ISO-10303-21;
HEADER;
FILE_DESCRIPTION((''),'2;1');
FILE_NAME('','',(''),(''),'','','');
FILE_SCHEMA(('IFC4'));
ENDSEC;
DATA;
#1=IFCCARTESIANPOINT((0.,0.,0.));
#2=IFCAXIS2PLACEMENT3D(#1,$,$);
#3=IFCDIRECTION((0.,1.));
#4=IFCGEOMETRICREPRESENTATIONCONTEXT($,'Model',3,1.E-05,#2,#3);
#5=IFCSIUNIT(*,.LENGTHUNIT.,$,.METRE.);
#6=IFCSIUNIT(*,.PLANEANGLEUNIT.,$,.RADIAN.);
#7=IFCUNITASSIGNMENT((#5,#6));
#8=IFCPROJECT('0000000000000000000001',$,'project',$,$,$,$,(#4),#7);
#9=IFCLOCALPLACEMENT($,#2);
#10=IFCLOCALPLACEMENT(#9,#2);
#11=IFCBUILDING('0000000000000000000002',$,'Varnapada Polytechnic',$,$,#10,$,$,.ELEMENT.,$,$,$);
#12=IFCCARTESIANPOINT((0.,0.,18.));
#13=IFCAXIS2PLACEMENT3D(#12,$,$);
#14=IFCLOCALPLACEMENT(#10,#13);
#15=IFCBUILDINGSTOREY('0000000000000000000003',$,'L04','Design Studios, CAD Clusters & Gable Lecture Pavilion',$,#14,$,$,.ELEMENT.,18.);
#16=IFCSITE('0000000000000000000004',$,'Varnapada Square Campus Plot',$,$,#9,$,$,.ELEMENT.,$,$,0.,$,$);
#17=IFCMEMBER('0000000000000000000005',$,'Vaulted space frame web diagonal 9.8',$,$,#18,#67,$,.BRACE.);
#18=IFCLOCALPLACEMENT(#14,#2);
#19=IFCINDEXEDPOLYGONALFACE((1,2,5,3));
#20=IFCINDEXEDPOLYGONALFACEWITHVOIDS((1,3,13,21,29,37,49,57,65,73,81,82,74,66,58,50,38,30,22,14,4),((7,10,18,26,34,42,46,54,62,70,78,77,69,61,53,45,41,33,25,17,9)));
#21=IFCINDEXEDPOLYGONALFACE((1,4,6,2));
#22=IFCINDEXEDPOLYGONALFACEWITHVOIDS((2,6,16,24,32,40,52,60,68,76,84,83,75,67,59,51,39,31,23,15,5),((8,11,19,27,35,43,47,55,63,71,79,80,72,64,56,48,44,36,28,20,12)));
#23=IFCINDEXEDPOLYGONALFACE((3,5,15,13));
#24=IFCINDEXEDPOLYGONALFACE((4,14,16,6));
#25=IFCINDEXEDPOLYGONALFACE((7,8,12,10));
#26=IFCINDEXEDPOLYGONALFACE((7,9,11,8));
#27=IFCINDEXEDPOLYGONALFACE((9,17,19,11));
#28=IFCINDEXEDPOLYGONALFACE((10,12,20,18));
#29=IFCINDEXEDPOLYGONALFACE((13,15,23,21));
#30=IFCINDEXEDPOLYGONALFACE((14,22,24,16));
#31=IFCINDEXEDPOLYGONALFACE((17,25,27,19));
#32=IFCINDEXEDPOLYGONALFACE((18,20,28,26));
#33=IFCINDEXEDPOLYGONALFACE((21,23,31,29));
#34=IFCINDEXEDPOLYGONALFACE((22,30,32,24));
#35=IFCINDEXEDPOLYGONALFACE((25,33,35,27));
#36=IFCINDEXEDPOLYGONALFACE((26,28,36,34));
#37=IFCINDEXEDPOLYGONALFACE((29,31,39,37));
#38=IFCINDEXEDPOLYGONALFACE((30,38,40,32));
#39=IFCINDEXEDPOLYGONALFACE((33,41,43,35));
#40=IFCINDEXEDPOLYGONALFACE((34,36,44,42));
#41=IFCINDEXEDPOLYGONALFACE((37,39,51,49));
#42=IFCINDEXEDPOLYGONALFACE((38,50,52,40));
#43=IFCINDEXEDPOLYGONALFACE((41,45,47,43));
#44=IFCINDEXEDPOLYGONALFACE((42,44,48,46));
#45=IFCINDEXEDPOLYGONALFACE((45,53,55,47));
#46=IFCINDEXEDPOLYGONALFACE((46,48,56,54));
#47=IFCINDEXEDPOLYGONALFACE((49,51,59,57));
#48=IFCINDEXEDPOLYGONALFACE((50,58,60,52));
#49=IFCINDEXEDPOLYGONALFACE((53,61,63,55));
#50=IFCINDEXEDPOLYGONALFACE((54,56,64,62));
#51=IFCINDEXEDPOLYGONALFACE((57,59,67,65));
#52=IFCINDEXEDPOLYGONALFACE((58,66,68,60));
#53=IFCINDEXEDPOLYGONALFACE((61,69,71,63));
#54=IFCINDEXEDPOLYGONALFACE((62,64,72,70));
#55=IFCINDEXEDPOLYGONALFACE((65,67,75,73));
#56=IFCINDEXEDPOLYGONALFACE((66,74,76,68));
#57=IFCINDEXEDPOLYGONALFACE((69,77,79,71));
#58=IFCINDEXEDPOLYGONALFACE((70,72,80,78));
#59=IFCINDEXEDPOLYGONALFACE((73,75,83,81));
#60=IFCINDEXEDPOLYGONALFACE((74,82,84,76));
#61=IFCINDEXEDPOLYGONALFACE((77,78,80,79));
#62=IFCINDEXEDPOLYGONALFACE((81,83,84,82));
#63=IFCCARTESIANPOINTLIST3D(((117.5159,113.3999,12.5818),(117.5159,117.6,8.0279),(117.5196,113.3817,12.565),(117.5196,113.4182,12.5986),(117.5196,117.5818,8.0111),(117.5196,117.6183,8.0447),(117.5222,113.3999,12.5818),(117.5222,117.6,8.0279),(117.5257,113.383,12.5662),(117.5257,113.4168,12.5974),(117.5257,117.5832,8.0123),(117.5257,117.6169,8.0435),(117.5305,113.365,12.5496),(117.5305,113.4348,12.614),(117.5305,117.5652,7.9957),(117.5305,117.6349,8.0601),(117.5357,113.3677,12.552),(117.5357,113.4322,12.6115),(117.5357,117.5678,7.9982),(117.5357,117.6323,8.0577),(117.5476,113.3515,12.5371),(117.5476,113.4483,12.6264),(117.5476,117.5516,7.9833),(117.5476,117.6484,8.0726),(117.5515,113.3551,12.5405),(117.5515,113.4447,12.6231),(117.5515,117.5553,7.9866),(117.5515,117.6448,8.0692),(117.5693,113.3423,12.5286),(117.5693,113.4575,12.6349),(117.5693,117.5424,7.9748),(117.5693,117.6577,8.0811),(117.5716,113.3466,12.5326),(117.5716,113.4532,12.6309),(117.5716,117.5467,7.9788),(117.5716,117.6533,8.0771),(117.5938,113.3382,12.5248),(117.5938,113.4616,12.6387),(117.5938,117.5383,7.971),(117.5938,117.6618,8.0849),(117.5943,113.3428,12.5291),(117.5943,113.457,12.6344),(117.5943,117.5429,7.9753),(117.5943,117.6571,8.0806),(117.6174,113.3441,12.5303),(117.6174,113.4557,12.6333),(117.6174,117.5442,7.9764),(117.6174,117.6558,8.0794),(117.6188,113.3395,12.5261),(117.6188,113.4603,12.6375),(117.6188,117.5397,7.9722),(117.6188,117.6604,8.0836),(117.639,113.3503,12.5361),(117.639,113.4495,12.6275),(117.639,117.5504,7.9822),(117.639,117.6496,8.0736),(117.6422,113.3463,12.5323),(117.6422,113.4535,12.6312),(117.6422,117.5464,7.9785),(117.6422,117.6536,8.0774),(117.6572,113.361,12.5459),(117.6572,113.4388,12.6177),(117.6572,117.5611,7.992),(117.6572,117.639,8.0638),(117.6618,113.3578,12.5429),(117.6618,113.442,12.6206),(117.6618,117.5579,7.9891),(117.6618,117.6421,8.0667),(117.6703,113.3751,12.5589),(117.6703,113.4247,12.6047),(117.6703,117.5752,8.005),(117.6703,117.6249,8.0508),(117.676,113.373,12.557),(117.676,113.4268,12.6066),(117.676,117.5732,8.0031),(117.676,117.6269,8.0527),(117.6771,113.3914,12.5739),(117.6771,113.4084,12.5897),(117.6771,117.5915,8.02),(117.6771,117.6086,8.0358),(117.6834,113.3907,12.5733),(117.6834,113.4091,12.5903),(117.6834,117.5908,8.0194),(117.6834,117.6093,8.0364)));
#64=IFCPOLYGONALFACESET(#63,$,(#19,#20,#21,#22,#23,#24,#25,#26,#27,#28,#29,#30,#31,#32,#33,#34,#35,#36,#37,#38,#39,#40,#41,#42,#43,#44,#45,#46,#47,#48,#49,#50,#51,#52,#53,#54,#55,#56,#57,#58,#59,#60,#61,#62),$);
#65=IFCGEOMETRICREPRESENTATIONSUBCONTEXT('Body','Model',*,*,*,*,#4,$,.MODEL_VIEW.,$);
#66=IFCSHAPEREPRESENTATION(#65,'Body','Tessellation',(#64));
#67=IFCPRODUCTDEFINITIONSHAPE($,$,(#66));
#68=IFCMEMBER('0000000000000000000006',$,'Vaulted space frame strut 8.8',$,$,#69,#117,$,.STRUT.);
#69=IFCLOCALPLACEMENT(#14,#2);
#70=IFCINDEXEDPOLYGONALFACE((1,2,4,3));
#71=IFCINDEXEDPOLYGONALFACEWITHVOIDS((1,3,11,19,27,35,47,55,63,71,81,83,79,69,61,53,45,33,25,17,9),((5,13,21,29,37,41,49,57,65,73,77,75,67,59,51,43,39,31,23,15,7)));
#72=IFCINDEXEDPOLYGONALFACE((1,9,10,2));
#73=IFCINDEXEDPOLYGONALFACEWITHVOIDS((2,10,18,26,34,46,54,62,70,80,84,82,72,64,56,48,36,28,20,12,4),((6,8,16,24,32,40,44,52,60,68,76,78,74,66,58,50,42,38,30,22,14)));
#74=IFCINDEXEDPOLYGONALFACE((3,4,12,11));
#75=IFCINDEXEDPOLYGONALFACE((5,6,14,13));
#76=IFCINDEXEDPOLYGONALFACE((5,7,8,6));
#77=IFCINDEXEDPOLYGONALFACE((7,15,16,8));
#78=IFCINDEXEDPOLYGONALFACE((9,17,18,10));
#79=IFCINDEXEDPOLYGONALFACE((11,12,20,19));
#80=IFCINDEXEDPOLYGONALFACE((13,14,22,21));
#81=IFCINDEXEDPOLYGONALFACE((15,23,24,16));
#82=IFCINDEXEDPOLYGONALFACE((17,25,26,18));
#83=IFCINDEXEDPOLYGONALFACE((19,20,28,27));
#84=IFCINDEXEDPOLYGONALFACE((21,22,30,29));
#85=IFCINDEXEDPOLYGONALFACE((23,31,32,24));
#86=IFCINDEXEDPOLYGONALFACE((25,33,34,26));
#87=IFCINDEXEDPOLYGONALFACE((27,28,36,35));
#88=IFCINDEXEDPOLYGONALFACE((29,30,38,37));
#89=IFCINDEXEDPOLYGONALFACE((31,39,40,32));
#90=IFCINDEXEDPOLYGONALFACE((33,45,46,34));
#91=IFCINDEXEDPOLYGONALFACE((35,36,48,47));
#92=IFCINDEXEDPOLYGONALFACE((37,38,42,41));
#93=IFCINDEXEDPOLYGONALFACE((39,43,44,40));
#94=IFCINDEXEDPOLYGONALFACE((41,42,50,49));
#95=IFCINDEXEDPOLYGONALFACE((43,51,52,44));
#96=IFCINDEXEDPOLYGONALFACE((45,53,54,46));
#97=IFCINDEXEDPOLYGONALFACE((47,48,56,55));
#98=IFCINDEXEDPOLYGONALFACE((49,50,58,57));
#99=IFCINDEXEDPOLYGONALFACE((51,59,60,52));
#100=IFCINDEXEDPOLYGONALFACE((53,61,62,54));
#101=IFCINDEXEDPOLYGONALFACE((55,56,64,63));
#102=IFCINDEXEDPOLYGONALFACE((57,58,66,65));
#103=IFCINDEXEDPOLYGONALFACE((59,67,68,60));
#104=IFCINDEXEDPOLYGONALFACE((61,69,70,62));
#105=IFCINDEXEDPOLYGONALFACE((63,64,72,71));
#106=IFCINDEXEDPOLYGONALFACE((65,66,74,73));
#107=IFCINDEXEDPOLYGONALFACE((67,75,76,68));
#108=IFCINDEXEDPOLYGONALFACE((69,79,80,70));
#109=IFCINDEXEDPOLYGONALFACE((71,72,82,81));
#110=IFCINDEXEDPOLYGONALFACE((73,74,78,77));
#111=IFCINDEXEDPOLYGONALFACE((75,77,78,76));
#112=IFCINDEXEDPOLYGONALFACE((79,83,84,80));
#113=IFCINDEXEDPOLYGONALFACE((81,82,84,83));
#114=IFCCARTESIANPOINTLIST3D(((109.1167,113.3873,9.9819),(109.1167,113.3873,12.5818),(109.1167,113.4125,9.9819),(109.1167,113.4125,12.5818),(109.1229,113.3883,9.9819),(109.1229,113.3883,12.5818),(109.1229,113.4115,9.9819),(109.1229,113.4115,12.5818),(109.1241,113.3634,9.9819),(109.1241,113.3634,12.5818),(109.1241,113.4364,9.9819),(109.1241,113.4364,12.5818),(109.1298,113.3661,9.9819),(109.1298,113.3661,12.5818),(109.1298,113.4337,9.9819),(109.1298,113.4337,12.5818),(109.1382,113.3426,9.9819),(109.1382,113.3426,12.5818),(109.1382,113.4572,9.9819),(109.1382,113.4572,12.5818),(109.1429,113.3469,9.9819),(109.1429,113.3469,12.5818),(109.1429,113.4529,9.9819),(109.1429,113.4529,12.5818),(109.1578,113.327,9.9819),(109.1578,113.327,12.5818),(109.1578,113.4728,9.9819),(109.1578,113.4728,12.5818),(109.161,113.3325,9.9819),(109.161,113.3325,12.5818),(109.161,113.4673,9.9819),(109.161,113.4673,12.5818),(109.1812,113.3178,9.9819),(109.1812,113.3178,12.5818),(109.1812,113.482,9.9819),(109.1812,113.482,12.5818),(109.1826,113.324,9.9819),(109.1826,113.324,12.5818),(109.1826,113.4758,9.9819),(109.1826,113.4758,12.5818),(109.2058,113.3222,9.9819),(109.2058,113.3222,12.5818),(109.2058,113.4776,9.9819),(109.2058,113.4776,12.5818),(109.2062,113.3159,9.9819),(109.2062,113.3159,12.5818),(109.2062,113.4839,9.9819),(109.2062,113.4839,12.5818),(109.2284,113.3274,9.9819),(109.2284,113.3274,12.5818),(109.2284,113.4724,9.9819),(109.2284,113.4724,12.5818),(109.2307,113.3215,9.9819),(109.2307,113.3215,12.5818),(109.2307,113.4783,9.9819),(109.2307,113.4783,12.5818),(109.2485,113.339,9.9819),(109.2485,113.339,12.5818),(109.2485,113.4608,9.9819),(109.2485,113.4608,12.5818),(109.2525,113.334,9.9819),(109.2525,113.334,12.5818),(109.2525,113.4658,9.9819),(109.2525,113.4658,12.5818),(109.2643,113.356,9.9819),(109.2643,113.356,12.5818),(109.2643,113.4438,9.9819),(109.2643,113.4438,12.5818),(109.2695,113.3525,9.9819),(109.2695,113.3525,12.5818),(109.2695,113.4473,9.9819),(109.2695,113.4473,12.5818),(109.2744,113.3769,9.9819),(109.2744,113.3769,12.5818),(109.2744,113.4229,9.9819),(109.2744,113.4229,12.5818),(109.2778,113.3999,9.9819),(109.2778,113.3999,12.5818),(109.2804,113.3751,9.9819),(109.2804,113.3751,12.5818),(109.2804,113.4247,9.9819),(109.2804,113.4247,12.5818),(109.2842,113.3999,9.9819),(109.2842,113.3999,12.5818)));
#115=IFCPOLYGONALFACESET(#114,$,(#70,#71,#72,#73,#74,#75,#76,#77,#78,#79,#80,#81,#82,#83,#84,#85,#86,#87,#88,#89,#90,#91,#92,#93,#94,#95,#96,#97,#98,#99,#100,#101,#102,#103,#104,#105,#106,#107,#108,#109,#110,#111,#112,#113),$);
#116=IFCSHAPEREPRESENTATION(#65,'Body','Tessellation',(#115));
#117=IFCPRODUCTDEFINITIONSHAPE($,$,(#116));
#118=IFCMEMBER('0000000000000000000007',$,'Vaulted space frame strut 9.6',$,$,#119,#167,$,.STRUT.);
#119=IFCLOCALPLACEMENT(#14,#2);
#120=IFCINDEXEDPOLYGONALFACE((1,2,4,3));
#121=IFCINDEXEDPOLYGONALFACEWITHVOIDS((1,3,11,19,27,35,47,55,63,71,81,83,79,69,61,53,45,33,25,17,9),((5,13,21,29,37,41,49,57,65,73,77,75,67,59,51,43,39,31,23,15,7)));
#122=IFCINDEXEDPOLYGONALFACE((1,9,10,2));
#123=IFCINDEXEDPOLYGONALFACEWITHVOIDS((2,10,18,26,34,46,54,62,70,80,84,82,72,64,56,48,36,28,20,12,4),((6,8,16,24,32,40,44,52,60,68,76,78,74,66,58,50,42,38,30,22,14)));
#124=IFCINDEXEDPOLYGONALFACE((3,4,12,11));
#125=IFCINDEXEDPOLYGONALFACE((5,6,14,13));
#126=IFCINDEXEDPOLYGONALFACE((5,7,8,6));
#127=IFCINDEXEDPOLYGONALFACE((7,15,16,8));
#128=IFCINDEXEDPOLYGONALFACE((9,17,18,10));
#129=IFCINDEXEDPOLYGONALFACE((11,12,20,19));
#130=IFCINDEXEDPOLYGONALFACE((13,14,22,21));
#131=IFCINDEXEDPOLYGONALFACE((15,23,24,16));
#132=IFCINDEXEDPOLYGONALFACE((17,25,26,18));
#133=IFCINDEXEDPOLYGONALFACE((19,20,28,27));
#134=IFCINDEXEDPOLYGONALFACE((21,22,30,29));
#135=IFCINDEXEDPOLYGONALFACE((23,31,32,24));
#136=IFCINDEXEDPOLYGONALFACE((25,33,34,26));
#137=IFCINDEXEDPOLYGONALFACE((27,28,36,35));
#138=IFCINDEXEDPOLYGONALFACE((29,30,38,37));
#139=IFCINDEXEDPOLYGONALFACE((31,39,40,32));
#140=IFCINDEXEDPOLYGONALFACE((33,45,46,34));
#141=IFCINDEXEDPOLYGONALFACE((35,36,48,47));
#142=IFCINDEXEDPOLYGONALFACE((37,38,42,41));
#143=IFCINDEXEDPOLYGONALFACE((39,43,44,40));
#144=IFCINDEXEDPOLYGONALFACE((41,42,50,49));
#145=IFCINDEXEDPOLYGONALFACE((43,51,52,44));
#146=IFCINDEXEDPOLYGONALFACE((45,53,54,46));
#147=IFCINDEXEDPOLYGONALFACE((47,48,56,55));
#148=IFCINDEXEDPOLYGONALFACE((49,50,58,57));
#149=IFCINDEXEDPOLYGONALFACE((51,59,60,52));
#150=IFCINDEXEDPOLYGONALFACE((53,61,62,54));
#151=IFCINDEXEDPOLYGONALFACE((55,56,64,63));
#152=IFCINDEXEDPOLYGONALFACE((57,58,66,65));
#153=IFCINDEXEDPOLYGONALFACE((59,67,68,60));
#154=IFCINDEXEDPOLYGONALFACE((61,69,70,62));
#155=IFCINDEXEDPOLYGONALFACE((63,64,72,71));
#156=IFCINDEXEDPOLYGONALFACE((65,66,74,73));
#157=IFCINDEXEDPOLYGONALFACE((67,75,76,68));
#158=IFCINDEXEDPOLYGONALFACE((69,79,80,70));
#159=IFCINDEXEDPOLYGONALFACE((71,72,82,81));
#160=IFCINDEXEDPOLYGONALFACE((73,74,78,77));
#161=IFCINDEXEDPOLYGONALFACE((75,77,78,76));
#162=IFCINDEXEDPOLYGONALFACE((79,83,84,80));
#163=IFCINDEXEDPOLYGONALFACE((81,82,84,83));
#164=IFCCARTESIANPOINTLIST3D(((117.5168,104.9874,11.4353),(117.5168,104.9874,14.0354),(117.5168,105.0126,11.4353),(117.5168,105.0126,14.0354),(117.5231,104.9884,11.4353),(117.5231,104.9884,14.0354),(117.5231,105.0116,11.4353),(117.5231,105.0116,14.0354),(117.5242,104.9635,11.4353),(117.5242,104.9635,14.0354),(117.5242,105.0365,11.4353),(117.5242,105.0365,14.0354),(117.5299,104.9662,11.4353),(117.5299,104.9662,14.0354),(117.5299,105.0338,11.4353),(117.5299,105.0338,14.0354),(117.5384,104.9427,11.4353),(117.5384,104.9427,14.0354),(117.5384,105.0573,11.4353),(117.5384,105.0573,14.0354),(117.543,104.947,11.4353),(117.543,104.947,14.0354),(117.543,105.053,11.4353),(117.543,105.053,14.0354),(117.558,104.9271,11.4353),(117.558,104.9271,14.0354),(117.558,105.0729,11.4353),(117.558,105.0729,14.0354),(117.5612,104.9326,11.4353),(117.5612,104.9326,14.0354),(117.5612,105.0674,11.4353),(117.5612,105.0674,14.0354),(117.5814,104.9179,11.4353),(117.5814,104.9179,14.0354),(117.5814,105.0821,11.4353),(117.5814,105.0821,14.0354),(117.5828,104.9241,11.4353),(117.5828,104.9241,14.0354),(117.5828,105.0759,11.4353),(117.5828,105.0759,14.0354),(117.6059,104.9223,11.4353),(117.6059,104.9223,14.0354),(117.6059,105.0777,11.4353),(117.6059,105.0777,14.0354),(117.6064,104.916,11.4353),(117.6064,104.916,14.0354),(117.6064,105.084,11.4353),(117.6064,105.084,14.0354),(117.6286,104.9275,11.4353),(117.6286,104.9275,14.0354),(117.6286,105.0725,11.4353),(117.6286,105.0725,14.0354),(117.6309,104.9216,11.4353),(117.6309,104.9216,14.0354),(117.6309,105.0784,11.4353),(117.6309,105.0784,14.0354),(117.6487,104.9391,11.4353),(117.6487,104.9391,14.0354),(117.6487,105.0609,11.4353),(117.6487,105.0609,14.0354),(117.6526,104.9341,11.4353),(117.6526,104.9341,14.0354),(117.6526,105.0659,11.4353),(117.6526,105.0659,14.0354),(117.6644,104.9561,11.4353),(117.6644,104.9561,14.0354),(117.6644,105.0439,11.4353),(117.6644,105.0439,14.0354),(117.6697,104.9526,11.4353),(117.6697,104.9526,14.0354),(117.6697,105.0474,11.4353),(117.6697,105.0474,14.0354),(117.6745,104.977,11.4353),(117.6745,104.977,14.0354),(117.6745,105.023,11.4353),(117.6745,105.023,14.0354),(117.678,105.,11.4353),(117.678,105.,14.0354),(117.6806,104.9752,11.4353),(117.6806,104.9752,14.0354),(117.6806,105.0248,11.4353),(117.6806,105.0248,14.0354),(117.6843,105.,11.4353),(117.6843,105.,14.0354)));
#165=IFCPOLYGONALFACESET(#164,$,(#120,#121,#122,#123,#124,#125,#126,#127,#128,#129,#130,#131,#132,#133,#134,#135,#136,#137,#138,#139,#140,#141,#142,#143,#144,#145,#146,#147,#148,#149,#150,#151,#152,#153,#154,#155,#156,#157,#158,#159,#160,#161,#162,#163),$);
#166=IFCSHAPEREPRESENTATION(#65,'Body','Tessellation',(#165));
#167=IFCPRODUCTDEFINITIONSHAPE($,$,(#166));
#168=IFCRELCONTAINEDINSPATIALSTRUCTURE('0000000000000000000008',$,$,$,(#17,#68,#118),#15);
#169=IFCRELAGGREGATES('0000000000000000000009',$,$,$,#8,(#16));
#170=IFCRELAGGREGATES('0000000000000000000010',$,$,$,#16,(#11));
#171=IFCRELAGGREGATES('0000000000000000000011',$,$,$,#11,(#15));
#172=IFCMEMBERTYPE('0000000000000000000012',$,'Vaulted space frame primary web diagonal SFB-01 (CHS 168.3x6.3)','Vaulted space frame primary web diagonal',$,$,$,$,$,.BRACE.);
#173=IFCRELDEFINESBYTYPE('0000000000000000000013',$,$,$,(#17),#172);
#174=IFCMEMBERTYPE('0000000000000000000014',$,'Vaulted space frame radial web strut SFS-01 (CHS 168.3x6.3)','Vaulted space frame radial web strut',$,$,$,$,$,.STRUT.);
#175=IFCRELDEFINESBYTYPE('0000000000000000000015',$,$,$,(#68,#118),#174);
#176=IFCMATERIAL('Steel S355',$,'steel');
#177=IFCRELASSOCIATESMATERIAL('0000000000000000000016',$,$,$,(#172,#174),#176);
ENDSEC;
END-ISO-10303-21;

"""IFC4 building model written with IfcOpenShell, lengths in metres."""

from ifc_helpers import new_model, si_unit, direction, frame, origin, origin_2d, place, context, subcontext, project, spatial, hollow_circle, extrude, material, material_profile, profile_set, type_object, element, save


model = new_model("IFC4")

# Units and contexts
model_context = context("Model", 3, precision=1e-05, world=origin(), true_north=direction((0.0, 1.0)))
body_context = subcontext(model_context, "Body", "Model", "MODEL_VIEW")
ifc_project = project(units=[si_unit("LENGTHUNIT", "METRE"), si_unit("PLANEANGLEUNIT", "RADIAN")], contexts=[model_context])

# Site, building, storey
site_placement = place(None, origin())
site = spatial("IfcSite", under=ifc_project, at=site_placement, Name="Varnapada Square Campus Plot", CompositionType="ELEMENT", RefElevation=0.0)
building_placement = place(site_placement, origin())
building = spatial("IfcBuilding", under=site, at=building_placement, Name="Varnapada Polytechnic", CompositionType="ELEMENT")
storey_placement = place(building_placement, frame((0.0, 0.0, 18.0)))
storey = spatial("IfcBuildingStorey", under=building, at=storey_placement, Name="L04", Description="Design Studios, CAD Clusters & Gable Lecture Pavilion", CompositionType="ELEMENT", Elevation=18.0)

# Shared definitions
ifc_material = material(Name="Steel S355", Category="steel")

# Members
ifc_material_profile_1 = material_profile(ifc_material, hollow_circle(Radius=0.0842, WallThickness=0.0063, at=origin_2d()), Name="CHS 168.3x6.3")
ifc_profile_set_1 = profile_set([ifc_material_profile_1], Name="Steel S355")
member_type_1 = type_object("IfcMemberType", Name="Vaulted space frame primary web diagonal SFB-01 (CHS 168.3x6.3)", Description="Vaulted space frame primary web diagonal", PredefinedType="BRACE", material=ifc_profile_set_1)
member_1_placement = place(storey_placement, frame((117.6001, 113.3999, 12.5818), z_axis=(0.0, 0.677979, -0.735081), x_axis=(-1.0, 0.0, 0.0)))
element("IfcMember", 1, at=member_1_placement, inside=storey, type_object=member_type_1, Name="Vaulted space frame web diagonal 9.8", PredefinedType="BRACE", context=body_context, shape_type="SweptSolid", body=[
    extrude(hollow_circle(Radius=0.0842, WallThickness=0.0063, at=origin_2d()), origin(), (0.0, 0.0, 1.0), 6.1951),
])
ifc_material_profile_2 = material_profile(ifc_material, hollow_circle(Radius=0.0842, WallThickness=0.0063, at=origin_2d()), Name="CHS 168.3x6.3")
ifc_profile_set_2 = profile_set([ifc_material_profile_2], Name="Steel S355")
member_type_2 = type_object("IfcMemberType", Name="Vaulted space frame radial web strut SFS-01 (CHS 168.3x6.3)", Description="Vaulted space frame radial web strut", PredefinedType="STRUT", material=ifc_profile_set_2)
member_2_placement = place(storey_placement, frame((109.2, 113.3999, 9.9819), z_axis=(0.0, 0.0, 1.0), x_axis=(1.0, 0.0, 0.0)))
element("IfcMember", 2, at=member_2_placement, inside=storey, type_object=member_type_2, Name="Vaulted space frame strut 8.8", PredefinedType="STRUT", context=body_context, shape_type="SweptSolid", body=[
    extrude(hollow_circle(Radius=0.0842, WallThickness=0.0063, at=origin_2d()), origin(), (0.0, 0.0, 1.0), 2.5999),
])
member_3_placement = place(storey_placement, frame((117.6001, 105.0, 11.4353), z_axis=(0.0, 0.0, 1.0), x_axis=(1.0, 0.0, 0.0)))
element("IfcMember", 3, at=member_3_placement, inside=storey, type_object=member_type_2, Name="Vaulted space frame strut 9.6", PredefinedType="STRUT", context=body_context, shape_type="SweptSolid", body=[
    extrude(hollow_circle(Radius=0.0842, WallThickness=0.0063, at=origin_2d()), origin(), (0.0, 0.0, 1.0), 2.6001),
])

save(model, "model.ifc")
